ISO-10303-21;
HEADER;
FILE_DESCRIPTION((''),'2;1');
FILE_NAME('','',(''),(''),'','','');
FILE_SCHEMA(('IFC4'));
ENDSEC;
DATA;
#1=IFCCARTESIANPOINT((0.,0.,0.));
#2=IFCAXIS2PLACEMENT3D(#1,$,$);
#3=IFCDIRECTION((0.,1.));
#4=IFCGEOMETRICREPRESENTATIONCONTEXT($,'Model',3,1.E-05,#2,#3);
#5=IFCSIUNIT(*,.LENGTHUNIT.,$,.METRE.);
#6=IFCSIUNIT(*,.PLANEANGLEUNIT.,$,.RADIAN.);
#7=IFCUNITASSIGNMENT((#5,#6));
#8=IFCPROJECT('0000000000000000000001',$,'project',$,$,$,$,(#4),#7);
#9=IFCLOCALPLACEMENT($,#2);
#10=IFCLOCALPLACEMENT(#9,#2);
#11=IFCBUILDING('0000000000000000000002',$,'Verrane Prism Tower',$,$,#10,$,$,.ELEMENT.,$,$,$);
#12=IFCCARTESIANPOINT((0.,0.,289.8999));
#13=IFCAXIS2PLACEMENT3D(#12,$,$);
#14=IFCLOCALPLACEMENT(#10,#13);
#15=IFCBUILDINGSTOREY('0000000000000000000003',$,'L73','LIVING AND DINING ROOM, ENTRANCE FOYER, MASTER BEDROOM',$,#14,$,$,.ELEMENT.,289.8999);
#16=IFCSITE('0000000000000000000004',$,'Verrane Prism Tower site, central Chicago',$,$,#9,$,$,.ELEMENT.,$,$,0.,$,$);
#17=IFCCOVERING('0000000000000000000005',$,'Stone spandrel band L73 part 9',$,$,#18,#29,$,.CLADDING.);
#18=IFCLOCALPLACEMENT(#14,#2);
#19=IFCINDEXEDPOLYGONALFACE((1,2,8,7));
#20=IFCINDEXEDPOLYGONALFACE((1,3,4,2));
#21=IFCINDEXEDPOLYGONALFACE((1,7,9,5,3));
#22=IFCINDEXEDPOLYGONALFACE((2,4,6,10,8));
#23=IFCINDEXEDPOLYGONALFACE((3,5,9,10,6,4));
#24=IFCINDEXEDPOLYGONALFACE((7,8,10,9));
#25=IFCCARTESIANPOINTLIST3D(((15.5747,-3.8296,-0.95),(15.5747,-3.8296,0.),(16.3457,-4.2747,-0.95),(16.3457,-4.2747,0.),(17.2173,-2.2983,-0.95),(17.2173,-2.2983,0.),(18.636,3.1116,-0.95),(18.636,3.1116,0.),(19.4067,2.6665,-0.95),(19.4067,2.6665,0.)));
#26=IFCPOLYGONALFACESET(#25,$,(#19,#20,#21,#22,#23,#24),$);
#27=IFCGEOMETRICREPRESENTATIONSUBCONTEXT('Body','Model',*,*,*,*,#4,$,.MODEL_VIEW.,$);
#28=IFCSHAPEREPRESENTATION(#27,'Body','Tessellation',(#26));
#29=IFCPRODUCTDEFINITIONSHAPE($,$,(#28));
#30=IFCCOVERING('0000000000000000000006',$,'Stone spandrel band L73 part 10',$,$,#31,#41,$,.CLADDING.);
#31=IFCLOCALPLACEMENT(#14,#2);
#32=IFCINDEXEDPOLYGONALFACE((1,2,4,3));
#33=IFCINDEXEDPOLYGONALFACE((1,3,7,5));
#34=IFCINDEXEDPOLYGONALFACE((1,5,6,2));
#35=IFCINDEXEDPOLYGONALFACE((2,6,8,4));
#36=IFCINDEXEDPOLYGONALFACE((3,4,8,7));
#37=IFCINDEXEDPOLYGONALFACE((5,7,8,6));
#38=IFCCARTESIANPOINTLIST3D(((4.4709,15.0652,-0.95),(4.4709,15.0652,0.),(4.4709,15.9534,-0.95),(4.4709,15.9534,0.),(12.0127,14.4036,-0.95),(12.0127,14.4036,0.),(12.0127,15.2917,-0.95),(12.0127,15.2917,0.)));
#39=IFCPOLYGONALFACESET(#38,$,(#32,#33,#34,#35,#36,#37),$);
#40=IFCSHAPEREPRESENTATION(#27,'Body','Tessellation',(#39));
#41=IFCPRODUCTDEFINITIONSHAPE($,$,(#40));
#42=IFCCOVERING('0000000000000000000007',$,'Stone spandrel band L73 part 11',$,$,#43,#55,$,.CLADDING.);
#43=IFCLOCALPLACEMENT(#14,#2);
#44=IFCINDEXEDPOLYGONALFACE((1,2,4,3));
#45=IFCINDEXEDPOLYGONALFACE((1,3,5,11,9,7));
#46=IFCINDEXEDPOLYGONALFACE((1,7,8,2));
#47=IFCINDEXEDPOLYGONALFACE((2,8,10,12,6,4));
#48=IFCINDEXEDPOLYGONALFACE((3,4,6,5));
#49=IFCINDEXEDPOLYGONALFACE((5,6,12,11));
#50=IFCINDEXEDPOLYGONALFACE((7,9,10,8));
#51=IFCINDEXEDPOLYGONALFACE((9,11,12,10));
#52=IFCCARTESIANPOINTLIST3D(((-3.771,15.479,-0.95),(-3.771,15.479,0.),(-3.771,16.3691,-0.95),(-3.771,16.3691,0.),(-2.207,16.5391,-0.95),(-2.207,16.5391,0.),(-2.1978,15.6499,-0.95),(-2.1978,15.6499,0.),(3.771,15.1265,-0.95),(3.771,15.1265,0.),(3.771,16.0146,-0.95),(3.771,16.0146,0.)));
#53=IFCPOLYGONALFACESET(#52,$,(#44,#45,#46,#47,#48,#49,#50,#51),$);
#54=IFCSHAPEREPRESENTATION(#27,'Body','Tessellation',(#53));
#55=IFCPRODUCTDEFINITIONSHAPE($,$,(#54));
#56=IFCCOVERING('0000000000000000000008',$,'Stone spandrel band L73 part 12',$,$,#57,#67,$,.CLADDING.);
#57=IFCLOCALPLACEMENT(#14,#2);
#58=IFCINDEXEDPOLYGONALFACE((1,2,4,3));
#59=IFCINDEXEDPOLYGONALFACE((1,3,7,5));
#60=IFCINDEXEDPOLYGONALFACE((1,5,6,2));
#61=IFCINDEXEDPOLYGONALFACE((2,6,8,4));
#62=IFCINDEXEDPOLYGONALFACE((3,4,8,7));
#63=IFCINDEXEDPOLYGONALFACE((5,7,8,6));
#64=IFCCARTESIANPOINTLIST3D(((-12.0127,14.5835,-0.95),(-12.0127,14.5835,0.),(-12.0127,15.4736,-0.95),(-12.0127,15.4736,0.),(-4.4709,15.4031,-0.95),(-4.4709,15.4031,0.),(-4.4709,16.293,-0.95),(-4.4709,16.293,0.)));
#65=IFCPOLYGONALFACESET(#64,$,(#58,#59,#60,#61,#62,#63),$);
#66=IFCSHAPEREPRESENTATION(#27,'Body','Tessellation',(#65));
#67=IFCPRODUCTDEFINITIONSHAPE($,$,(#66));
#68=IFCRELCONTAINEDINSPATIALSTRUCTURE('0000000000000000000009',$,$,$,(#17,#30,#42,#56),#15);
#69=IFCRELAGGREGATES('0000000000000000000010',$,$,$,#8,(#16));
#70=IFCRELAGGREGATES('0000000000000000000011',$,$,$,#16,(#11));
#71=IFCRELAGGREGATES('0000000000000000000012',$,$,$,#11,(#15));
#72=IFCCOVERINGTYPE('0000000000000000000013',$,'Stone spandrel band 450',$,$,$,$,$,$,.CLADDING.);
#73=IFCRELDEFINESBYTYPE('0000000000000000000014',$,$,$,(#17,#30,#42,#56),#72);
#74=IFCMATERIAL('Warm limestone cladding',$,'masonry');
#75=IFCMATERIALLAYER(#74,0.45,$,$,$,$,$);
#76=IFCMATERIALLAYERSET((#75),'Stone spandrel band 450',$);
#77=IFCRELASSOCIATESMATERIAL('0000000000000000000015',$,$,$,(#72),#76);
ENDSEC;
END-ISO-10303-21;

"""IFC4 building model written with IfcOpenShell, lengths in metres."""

from ifc_helpers import new_model, si_unit, direction, frame, origin, place, context, subcontext, project, spatial, polyline, outline, extrude, material, layer, layer_set, type_object, element, save


model = new_model("IFC4")

# Units and contexts
model_context = context("Model", 3, precision=1e-05, world=origin(), true_north=direction((0.0, 1.0)))
body_context = subcontext(model_context, "Body", "Model", "MODEL_VIEW")
ifc_project = project(units=[si_unit("LENGTHUNIT", "METRE"), si_unit("PLANEANGLEUNIT", "RADIAN")], contexts=[model_context])

# Site, building, storey
site_placement = place(None, origin())
site = spatial("IfcSite", under=ifc_project, at=site_placement, Name="Verrane Prism Tower site, central Chicago", CompositionType="ELEMENT", RefElevation=0.0)
building_placement = place(site_placement, origin())
building = spatial("IfcBuilding", under=site, at=building_placement, Name="Verrane Prism Tower", CompositionType="ELEMENT")
storey_placement = place(building_placement, frame((0.0, 0.0, 289.8999)))
storey = spatial("IfcBuildingStorey", under=building, at=storey_placement, Name="L73", Description="LIVING AND DINING ROOM, ENTRANCE FOYER, MASTER BEDROOM", CompositionType="ELEMENT", Elevation=289.8999)

# Coverings
ifc_material_1 = material(Name="Warm limestone cladding", Category="masonry")
ifc_layer_1 = layer(ifc_material_1, 0.45)
ifc_layer_set_1 = layer_set([ifc_layer_1], Name="Stone spandrel band 450")
covering_type = type_object("IfcCoveringType", Name="Stone spandrel band 450", PredefinedType="CLADDING", material=ifc_layer_set_1)
covering_1_placement = place(storey_placement, frame((0.0, 0.0, -0.95)))
element("IfcCovering", 1, at=covering_1_placement, inside=storey, type_object=covering_type, Name="Stone spandrel band L73 part 9", PredefinedType="CLADDING", context=body_context, shape_type="SweptSolid", body=[
    extrude(outline(polyline([(18.636, 3.1116), (15.5747, -3.8296), (16.3457, -4.2747), (17.2173, -2.2983), (19.4067, 2.6665), (18.636, 3.1116)])), origin(), (0.0, 0.0, 1.0), 0.95),
])
covering_2_placement = place(storey_placement, frame((0.0, 0.0, -0.95)))
element("IfcCovering", 2, at=covering_2_placement, inside=storey, type_object=covering_type, Name="Stone spandrel band L73 part 10", PredefinedType="CLADDING", context=body_context, shape_type="SweptSolid", body=[
    extrude(outline(polyline([(4.4709, 15.0652), (12.0127, 14.4036), (12.0127, 15.2917), (4.4709, 15.9534), (4.4709, 15.0652)])), origin(), (0.0, 0.0, 1.0), 0.95),
])
covering_3_placement = place(storey_placement, frame((0.0, 0.0, -0.95)))
element("IfcCovering", 3, at=covering_3_placement, inside=storey, type_object=covering_type, Name="Stone spandrel band L73 part 11", PredefinedType="CLADDING", context=body_context, shape_type="SweptSolid", body=[
    extrude(outline(polyline([(-3.771, 16.3691), (-3.771, 15.479), (-2.1978, 15.6499), (3.771, 15.1265), (3.771, 16.0146), (-2.207, 16.5391), (-3.771, 16.3691)])), origin(), (0.0, 0.0, 1.0), 0.95),
])
covering_4_placement = place(storey_placement, frame((0.0, 0.0, -0.95)))
element("IfcCovering", 4, at=covering_4_placement, inside=storey, type_object=covering_type, Name="Stone spandrel band L73 part 12", PredefinedType="CLADDING", context=body_context, shape_type="SweptSolid", body=[
    extrude(outline(polyline([(-12.0127, 14.5835), (-4.4709, 15.4031), (-4.4709, 16.293), (-12.0127, 15.4736), (-12.0127, 14.5835)])), origin(), (0.0, 0.0, 1.0), 0.95),
])

save(model, "model.ifc")
